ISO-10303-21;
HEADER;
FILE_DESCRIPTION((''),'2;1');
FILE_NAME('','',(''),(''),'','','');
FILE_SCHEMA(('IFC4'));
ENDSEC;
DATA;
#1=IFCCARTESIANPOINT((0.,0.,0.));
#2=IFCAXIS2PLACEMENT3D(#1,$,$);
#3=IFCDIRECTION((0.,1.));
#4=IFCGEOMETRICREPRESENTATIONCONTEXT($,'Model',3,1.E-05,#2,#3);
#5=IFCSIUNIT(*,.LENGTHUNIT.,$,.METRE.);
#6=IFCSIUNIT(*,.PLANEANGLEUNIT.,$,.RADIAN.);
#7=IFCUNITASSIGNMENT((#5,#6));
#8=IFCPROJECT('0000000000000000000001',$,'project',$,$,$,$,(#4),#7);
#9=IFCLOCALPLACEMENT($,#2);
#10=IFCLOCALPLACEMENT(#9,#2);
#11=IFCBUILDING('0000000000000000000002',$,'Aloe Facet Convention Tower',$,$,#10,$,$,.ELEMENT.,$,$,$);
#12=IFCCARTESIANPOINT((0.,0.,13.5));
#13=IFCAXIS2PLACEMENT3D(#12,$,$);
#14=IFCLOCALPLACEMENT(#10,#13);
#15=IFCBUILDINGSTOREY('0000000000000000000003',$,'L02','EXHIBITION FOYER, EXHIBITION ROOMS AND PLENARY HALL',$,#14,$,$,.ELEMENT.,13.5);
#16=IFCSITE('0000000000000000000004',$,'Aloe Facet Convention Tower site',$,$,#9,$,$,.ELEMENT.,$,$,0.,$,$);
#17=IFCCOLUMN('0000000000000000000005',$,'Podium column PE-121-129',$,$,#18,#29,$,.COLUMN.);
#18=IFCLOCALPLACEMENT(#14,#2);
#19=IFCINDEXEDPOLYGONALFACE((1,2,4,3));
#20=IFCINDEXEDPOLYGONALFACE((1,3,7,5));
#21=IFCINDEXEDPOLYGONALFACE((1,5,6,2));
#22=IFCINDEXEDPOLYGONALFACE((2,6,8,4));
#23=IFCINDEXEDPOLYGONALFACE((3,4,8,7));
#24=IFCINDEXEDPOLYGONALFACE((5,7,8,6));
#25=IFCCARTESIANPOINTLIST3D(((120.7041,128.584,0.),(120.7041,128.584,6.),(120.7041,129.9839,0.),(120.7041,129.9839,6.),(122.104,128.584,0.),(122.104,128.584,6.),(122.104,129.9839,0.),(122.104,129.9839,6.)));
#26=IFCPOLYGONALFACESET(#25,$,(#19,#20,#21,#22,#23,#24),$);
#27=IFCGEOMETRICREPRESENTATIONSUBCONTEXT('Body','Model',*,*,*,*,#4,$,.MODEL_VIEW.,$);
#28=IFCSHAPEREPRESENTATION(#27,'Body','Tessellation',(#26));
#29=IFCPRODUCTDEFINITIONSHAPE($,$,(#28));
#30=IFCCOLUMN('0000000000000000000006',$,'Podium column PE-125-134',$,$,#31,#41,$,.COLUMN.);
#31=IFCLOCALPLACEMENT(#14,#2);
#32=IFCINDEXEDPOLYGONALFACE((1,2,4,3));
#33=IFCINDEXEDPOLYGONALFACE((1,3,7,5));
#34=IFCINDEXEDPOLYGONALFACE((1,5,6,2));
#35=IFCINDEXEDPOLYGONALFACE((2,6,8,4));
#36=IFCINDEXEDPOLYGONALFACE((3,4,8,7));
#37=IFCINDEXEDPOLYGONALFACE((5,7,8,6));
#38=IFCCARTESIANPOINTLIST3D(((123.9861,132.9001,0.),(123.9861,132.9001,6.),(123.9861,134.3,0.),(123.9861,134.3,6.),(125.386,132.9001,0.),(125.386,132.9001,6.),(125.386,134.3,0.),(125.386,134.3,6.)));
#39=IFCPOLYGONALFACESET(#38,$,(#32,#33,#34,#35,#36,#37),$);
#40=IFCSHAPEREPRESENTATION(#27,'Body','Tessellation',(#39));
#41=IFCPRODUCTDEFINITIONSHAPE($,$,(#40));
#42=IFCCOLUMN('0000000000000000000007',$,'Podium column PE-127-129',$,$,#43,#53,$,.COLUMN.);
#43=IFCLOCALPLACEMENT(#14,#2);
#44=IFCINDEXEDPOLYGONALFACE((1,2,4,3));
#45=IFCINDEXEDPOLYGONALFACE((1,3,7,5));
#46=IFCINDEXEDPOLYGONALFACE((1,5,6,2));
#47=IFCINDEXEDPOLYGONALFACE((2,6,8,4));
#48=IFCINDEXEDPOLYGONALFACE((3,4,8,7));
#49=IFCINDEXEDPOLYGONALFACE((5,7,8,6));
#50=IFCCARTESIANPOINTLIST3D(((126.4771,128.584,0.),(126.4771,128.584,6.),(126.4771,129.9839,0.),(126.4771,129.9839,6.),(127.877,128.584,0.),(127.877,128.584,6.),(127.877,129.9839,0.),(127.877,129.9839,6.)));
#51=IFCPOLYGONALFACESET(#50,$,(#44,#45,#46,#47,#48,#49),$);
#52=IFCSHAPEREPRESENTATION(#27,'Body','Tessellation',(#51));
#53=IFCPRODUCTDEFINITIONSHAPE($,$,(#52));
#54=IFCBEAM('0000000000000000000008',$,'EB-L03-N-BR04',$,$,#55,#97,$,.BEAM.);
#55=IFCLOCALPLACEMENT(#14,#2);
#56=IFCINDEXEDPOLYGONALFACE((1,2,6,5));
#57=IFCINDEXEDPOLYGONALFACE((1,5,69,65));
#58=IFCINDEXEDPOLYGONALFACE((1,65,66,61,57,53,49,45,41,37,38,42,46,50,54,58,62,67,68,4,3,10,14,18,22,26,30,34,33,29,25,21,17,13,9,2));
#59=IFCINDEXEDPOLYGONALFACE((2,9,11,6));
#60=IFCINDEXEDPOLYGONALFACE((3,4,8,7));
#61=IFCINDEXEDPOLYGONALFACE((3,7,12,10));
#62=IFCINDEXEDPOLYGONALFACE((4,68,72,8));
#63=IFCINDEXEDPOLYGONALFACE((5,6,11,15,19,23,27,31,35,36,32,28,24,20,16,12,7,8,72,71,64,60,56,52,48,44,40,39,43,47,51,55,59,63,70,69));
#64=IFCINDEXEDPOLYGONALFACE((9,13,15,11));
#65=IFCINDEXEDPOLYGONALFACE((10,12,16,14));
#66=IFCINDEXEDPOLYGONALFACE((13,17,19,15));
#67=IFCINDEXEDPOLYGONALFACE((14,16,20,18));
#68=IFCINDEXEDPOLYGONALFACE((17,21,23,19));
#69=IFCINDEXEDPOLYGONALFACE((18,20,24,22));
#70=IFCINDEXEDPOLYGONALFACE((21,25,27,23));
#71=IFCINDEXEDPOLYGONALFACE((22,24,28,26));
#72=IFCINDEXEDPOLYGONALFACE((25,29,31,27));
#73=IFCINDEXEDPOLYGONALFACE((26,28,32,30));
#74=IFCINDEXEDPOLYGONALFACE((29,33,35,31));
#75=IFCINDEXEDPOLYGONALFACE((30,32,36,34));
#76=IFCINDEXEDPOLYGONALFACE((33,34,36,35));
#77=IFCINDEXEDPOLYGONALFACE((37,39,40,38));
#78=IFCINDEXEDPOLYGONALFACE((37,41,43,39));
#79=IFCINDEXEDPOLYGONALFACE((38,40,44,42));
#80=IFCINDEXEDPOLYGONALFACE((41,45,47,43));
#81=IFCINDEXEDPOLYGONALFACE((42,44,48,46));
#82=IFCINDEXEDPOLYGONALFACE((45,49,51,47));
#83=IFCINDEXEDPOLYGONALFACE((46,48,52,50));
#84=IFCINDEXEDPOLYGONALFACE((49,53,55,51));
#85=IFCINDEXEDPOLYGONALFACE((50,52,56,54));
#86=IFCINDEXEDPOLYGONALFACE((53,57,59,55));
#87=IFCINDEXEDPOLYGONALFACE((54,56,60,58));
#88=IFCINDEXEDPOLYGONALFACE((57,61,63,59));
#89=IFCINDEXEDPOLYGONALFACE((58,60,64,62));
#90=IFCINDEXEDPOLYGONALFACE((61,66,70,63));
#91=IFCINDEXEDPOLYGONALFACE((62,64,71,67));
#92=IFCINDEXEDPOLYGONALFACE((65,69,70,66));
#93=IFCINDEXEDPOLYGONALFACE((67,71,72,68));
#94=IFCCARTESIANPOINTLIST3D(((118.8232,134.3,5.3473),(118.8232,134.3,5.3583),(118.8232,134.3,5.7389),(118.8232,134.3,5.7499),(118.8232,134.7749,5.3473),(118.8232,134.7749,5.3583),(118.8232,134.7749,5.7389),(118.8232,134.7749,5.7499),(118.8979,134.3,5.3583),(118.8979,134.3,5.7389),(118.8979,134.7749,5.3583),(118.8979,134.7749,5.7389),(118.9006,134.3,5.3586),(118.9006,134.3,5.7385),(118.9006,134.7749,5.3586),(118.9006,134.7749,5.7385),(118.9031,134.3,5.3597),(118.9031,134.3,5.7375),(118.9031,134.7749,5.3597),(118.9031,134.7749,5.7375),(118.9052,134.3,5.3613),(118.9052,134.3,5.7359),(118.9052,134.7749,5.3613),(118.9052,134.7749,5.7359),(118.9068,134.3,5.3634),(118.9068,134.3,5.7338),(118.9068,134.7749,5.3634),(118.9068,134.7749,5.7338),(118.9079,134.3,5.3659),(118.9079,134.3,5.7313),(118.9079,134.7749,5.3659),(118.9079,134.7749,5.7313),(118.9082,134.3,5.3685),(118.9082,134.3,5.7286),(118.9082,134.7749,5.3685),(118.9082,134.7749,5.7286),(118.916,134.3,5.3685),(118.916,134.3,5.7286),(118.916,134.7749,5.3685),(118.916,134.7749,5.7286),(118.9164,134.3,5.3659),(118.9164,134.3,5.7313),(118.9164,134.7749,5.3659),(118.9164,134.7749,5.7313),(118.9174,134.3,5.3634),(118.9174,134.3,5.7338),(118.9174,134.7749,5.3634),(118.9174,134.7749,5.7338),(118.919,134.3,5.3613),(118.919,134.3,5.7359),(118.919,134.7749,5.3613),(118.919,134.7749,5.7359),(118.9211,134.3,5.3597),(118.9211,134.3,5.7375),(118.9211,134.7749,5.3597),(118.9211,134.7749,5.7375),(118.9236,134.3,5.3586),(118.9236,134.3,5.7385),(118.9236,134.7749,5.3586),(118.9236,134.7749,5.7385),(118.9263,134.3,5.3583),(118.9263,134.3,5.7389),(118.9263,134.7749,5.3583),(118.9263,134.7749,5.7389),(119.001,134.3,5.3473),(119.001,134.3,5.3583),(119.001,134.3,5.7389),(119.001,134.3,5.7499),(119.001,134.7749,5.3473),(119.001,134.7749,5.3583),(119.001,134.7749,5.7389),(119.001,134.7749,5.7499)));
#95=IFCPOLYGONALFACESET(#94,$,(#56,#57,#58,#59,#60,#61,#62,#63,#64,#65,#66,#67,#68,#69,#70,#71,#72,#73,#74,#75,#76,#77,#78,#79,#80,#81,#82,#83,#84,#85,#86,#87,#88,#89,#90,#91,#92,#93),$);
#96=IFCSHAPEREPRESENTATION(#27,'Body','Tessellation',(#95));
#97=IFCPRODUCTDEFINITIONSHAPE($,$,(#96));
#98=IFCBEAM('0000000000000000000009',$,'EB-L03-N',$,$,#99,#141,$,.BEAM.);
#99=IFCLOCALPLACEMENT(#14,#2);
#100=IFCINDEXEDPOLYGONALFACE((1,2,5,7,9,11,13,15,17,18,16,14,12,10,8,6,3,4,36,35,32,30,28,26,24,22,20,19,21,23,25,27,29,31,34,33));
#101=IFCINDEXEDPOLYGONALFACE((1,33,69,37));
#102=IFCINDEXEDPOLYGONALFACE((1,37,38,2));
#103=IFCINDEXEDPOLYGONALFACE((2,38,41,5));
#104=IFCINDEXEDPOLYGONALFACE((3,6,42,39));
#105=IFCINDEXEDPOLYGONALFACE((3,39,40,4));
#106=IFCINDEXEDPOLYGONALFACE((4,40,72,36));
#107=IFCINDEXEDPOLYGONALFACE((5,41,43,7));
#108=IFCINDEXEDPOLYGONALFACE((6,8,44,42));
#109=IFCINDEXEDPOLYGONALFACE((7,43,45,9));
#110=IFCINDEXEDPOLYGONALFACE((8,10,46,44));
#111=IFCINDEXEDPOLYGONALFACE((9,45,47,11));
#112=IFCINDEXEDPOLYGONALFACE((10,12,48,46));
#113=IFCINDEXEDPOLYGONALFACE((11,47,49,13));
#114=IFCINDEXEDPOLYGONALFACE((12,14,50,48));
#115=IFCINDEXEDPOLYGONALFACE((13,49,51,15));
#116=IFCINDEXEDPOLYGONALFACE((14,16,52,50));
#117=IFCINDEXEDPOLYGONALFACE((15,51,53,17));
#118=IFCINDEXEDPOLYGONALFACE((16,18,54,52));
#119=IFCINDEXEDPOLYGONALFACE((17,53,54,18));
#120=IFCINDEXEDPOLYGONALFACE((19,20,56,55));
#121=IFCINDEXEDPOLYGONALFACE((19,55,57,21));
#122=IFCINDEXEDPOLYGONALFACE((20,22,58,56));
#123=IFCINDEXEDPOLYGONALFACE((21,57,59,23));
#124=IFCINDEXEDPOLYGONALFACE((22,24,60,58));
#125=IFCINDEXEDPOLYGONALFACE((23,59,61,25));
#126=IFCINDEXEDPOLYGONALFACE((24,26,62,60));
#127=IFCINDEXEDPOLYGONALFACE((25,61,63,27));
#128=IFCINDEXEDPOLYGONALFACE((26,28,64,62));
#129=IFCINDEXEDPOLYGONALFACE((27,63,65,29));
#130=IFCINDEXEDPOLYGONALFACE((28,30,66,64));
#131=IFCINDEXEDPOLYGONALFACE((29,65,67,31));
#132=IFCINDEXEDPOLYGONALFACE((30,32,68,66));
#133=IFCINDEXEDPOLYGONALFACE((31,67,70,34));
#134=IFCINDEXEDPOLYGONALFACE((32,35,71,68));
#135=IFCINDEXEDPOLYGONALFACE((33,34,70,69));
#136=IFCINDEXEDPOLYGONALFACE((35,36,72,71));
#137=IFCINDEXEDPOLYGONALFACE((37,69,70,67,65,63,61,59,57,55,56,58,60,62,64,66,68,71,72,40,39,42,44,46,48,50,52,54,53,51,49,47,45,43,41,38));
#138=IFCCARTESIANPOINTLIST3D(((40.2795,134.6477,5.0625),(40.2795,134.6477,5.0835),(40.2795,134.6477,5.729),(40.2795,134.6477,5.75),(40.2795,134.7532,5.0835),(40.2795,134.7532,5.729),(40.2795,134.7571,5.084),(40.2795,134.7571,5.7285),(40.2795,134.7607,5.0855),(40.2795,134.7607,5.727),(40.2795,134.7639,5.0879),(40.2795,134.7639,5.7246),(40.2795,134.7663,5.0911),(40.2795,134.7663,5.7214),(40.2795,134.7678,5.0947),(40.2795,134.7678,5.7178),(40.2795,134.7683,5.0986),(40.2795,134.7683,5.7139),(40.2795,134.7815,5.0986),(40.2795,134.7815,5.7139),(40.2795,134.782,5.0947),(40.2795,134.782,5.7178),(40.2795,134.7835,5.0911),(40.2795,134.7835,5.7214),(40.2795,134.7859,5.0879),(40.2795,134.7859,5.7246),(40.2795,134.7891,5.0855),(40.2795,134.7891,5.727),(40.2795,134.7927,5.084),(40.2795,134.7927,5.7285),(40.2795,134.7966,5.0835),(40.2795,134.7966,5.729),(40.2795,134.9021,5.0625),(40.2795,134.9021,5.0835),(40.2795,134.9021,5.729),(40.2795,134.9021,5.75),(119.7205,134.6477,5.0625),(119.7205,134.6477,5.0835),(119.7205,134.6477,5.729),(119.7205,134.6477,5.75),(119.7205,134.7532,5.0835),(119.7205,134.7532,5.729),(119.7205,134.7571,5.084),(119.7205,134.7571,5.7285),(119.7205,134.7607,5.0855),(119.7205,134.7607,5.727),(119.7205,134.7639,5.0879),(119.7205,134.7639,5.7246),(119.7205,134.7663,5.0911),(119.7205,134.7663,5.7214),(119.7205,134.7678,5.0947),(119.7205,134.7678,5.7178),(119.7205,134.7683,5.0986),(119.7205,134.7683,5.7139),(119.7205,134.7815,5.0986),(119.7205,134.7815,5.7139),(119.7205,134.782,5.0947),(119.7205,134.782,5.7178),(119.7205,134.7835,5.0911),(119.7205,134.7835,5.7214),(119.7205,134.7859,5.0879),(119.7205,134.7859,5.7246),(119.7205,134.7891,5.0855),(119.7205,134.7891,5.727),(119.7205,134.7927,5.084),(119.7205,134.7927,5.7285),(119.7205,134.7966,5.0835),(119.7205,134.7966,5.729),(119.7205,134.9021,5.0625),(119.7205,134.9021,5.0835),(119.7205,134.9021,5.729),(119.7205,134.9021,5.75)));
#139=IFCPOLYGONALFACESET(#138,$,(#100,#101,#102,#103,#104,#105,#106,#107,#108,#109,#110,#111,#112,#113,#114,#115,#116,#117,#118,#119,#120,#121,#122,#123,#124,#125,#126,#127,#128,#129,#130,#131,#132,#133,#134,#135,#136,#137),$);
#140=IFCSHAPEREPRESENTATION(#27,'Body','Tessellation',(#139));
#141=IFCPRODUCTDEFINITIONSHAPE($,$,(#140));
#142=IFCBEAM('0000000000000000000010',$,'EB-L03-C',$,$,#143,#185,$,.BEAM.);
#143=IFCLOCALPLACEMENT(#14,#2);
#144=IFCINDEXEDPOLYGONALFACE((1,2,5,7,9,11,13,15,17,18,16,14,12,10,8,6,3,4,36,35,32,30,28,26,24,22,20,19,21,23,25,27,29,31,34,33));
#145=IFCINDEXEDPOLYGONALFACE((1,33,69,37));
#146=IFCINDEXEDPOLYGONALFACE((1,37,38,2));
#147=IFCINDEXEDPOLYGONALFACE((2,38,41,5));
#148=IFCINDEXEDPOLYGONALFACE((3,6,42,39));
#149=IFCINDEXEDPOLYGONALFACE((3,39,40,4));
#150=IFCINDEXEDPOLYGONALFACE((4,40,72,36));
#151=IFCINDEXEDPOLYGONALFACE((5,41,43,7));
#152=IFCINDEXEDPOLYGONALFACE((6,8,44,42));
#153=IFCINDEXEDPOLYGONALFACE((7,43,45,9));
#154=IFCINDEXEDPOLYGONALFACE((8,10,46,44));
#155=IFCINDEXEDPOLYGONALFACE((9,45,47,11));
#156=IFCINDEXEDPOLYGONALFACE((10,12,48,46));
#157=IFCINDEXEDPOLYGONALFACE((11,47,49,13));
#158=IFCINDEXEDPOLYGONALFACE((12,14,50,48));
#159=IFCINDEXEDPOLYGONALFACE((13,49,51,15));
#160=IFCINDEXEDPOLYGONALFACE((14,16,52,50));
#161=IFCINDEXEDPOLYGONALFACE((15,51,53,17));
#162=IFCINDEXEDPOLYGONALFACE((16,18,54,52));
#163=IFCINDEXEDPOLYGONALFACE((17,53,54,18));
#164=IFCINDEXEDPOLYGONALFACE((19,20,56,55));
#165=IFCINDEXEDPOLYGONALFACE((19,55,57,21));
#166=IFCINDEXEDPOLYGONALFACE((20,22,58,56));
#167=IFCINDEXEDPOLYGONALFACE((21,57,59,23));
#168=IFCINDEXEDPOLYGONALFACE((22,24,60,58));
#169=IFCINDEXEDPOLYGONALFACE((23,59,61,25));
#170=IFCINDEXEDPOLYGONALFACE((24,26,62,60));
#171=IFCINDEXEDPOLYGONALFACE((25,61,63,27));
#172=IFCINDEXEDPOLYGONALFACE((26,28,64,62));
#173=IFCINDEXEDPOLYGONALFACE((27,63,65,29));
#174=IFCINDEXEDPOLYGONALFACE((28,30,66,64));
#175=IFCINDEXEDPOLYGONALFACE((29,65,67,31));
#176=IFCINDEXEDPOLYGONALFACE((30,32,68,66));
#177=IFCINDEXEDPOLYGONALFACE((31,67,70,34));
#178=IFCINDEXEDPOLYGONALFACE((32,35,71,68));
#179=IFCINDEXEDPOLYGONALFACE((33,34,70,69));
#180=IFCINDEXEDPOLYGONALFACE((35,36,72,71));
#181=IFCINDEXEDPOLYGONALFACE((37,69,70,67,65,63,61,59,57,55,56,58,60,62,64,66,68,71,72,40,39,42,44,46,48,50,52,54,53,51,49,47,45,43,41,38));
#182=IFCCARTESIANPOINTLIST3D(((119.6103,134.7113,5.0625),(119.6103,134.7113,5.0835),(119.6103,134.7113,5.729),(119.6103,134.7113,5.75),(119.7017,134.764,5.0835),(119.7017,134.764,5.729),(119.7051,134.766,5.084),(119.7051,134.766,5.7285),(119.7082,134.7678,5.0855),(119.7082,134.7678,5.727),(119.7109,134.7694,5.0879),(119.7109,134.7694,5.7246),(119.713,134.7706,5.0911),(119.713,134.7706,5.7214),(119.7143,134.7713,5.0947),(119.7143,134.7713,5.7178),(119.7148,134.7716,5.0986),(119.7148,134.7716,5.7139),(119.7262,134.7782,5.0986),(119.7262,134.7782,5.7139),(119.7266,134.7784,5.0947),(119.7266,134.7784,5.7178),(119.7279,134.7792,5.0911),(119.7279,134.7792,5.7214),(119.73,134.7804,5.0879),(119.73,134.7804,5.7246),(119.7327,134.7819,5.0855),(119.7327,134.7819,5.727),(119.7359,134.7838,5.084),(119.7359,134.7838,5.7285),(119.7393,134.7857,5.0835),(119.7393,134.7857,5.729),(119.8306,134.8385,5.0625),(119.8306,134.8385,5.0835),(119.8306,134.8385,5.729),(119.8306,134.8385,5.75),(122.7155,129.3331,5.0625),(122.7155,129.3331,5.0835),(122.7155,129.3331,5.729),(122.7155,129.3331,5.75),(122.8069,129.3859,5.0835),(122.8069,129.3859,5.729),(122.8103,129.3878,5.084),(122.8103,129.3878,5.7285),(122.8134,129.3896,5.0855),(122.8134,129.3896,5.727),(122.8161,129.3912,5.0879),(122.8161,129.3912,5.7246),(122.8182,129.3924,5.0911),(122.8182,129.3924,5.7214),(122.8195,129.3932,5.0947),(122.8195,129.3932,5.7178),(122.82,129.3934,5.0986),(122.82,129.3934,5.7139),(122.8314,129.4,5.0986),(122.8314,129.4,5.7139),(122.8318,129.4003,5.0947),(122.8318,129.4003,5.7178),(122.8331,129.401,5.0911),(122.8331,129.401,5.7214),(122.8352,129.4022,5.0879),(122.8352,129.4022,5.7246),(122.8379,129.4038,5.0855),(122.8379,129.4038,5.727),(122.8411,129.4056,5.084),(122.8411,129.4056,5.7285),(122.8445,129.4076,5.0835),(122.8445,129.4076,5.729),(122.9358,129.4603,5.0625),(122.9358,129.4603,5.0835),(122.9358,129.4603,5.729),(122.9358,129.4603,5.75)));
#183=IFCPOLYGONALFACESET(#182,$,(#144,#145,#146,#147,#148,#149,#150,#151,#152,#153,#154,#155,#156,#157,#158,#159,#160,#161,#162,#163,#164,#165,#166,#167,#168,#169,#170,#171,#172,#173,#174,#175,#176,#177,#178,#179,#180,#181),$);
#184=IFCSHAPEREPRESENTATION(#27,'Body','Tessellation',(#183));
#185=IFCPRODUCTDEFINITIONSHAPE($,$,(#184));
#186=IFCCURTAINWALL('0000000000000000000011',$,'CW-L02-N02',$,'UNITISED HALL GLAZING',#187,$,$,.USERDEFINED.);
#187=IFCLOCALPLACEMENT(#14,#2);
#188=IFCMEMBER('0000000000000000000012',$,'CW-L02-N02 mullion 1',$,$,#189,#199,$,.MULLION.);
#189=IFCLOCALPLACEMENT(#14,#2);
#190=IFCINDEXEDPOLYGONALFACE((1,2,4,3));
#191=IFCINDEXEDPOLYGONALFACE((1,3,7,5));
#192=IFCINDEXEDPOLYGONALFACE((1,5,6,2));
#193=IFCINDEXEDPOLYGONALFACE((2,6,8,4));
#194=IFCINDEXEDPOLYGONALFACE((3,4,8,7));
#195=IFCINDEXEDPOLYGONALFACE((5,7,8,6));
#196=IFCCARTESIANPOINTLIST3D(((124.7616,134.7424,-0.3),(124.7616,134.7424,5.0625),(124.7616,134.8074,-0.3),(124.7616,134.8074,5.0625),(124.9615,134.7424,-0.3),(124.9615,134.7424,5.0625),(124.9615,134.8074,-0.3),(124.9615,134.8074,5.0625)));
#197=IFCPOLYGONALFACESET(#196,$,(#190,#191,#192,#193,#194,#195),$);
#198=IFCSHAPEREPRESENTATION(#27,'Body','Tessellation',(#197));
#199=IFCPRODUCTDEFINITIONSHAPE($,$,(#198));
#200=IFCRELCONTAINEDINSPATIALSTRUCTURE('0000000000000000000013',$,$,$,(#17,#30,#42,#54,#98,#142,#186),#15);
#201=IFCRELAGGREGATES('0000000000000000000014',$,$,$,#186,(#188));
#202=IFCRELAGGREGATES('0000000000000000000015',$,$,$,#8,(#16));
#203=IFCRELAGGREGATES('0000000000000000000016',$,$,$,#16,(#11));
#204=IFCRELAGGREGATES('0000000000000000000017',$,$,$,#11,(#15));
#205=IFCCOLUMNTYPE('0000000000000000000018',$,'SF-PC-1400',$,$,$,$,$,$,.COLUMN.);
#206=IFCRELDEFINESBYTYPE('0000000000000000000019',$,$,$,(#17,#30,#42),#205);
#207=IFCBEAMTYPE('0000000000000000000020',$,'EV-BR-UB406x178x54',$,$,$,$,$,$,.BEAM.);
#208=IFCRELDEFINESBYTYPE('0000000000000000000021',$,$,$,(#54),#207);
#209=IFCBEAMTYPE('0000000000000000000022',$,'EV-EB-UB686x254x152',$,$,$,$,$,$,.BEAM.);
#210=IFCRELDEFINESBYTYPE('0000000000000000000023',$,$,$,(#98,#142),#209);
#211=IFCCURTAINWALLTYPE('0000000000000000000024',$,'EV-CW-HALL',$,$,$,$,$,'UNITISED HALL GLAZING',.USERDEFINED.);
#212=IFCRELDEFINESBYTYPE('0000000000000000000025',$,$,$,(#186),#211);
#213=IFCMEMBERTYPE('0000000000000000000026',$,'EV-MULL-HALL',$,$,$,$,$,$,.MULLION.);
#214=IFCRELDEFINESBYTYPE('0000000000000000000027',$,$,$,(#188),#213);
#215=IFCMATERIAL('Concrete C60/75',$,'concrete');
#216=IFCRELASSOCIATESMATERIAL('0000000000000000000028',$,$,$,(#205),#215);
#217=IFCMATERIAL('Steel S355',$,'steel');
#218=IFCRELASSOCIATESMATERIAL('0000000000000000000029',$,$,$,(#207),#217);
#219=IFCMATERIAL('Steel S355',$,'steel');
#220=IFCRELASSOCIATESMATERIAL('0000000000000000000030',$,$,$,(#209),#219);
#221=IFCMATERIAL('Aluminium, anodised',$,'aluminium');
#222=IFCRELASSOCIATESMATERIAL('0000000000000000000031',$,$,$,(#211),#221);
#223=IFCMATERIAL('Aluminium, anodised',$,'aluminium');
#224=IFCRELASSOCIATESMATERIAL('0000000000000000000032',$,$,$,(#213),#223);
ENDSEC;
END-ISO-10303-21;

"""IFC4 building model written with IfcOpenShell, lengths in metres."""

from ifc_helpers import new_model, si_unit, direction, frame, origin, origin_2d, place, context, subcontext, project, spatial, rectangle, i_section, extrude, material, material_profile, profile_set, type_object, element, aggregate, save


model = new_model("IFC4")

# Units and contexts
model_context = context("Model", 3, precision=1e-05, world=origin(), true_north=direction((0.0, 1.0)))
body_context = subcontext(model_context, "Body", "Model", "MODEL_VIEW")
ifc_project = project(units=[si_unit("LENGTHUNIT", "METRE"), si_unit("PLANEANGLEUNIT", "RADIAN")], contexts=[model_context])

# Site, building, storey
site_placement = place(None, origin())
site = spatial("IfcSite", under=ifc_project, at=site_placement, Name="Aloe Facet Convention Tower site", CompositionType="ELEMENT", RefElevation=0.0)
building_placement = place(site_placement, origin())
building = spatial("IfcBuilding", under=site, at=building_placement, Name="Aloe Facet Convention Tower", CompositionType="ELEMENT")
storey_placement = place(building_placement, frame((0.0, 0.0, 13.5)))
storey = spatial("IfcBuildingStorey", under=building, at=storey_placement, Name="L02", Description="EXHIBITION FOYER, EXHIBITION ROOMS AND PLENARY HALL", CompositionType="ELEMENT", Elevation=13.5)

# Columns
ifc_material_1 = material(Name="Concrete C60/75", Category="concrete")
ifc_material_profile_1 = material_profile(ifc_material_1, rectangle(XDim=1.3999, YDim=1.3999, at=origin_2d()), Name="SF-PC-1400")
ifc_profile_set_1 = profile_set([ifc_material_profile_1], Name="Concrete C60/75")
column_type = type_object("IfcColumnType", Name="SF-PC-1400", PredefinedType="COLUMN", material=ifc_profile_set_1)
for number, where, z_axis, x_axis, name in (
    (1, (121.4041, 129.2839, 0.0), (0.0, 0.0, 1.0), (1.0, 0.0, 0.0), "Podium column PE-121-129"),
    (2, (124.686, 133.6001, 0.0), (0.0, 0.0, 1.0), (1.0, 0.0, 0.0), "Podium column PE-125-134"),
    (3, (127.177, 129.2839, 0.0), (0.0, 0.0, 1.0), (1.0, 0.0, 0.0), "Podium column PE-127-129"),
):
    element("IfcColumn", number, at=place(storey_placement, frame(where, z_axis=z_axis, x_axis=x_axis)), inside=storey, type_object=column_type, Name=name, PredefinedType="COLUMN", context=body_context, shape_type="SweptSolid", body=[
        extrude(rectangle(XDim=1.3999, YDim=1.3999, at=origin_2d()), origin(), (0.0, 0.0, 1.0), 6.0),
    ])

# Beams
ifc_material_2 = material(Name="Steel S355", Category="steel")
ifc_material_profile_2 = material_profile(ifc_material_2, i_section(OverallWidth=0.1777, OverallDepth=0.4026, WebThickness=0.0078, FlangeThickness=0.011, FilletRadius=0.0103, at=origin_2d()), Name="UB 406x178x54")
ifc_profile_set_2 = profile_set([ifc_material_profile_2], Name="Steel S355")
beam_type_1 = type_object("IfcBeamType", Name="EV-BR-UB406x178x54", PredefinedType="BEAM", material=ifc_profile_set_2)
beam_1_placement = place(storey_placement, frame((118.9121, 134.3, 5.5486), z_axis=(0.0, 1.0, 0.0), x_axis=(-1.0, 0.0, 0.0)))
element("IfcBeam", 4, at=beam_1_placement, inside=storey, type_object=beam_type_1, Name="EB-L03-N-BR04", PredefinedType="BEAM", context=body_context, shape_type="SweptSolid", body=[
    extrude(i_section(OverallWidth=0.1777, OverallDepth=0.4026, WebThickness=0.0078, FlangeThickness=0.011, FilletRadius=0.0103, at=origin_2d()), origin(), (0.0, 0.0, 1.0), 0.4749),
])
ifc_material_3 = material(Name="Steel S355", Category="steel")
ifc_material_profile_3 = material_profile(ifc_material_3, i_section(OverallWidth=0.2544, OverallDepth=0.6875, WebThickness=0.0132, FlangeThickness=0.021, FilletRadius=0.0151, at=origin_2d()), Name="UB 686x254x152")
ifc_profile_set_3 = profile_set([ifc_material_profile_3], Name="Steel S355")
beam_type_2 = type_object("IfcBeamType", Name="EV-EB-UB686x254x152", PredefinedType="BEAM", material=ifc_profile_set_3)
beam_2_placement = place(storey_placement, frame((119.7205, 134.7749, 5.4062), z_axis=(-1.0, 0.0, 0.0), x_axis=(0.0, -1.0, 0.0)))
element("IfcBeam", 5, at=beam_2_placement, inside=storey, type_object=beam_type_2, Name="EB-L03-N", PredefinedType="BEAM", context=body_context, shape_type="SweptSolid", body=[
    extrude(i_section(OverallWidth=0.2544, OverallDepth=0.6875, WebThickness=0.0132, FlangeThickness=0.021, FilletRadius=0.0151, at=origin_2d()), origin(), (0.0, 0.0, 1.0), 79.4409),
])
beam_3_placement = place(storey_placement, frame((122.8257, 129.3967, 5.4062), z_axis=(-0.500016, 0.866016, 0.0), x_axis=(-0.866016, -0.500016, 0.0)))
element("IfcBeam", 6, at=beam_3_placement, inside=storey, type_object=beam_type_2, Name="EB-L03-C", PredefinedType="BEAM", context=body_context, shape_type="SweptSolid", body=[
    extrude(i_section(OverallWidth=0.2544, OverallDepth=0.6875, WebThickness=0.0132, FlangeThickness=0.021, FilletRadius=0.0151, at=origin_2d()), origin(), (0.0, 0.0, 1.0), 6.2102),
])

# Curtain wall, member
ifc_material_4 = material(Name="Aluminium, anodised", Category="aluminium")
curtain_wall_type = type_object("IfcCurtainWallType", Name="EV-CW-HALL", ElementType="UNITISED HALL GLAZING", PredefinedType="USERDEFINED", material=ifc_material_4)
curtain_wall_placement = place(storey_placement, origin())
curtain_wall = element("IfcCurtainWall", 7, at=curtain_wall_placement, inside=storey, type_object=curtain_wall_type, Name="CW-L02-N02", ObjectType="UNITISED HALL GLAZING", PredefinedType="USERDEFINED")
ifc_material_5 = material(Name="Aluminium, anodised", Category="aluminium")
ifc_material_profile_4 = material_profile(ifc_material_5, rectangle(XDim=0.0649, YDim=0.2, at=origin_2d()), Name="AL 65x200")
ifc_profile_set_4 = profile_set([ifc_material_profile_4], Name="Aluminium, anodised")
member_type_1 = type_object("IfcMemberType", Name="EV-MULL-HALL", PredefinedType="MULLION", material=ifc_profile_set_4)
member_1_placement = place(storey_placement, frame((124.8616, 134.7749, -0.3), z_axis=(0.0, 0.0, 1.0), x_axis=(0.0, -1.0, 0.0)))
member_1 = element("IfcMember", 8, at=member_1_placement, type_object=member_type_1, Name="CW-L02-N02 mullion 1", PredefinedType="MULLION", context=body_context, shape_type="SweptSolid", body=[
    extrude(rectangle(XDim=0.0649, YDim=0.2, at=origin_2d()), origin(), (0.0, 0.0, 1.0), 5.3625),
])

aggregate(curtain_wall, [member_1])

save(model, "model.ifc")
